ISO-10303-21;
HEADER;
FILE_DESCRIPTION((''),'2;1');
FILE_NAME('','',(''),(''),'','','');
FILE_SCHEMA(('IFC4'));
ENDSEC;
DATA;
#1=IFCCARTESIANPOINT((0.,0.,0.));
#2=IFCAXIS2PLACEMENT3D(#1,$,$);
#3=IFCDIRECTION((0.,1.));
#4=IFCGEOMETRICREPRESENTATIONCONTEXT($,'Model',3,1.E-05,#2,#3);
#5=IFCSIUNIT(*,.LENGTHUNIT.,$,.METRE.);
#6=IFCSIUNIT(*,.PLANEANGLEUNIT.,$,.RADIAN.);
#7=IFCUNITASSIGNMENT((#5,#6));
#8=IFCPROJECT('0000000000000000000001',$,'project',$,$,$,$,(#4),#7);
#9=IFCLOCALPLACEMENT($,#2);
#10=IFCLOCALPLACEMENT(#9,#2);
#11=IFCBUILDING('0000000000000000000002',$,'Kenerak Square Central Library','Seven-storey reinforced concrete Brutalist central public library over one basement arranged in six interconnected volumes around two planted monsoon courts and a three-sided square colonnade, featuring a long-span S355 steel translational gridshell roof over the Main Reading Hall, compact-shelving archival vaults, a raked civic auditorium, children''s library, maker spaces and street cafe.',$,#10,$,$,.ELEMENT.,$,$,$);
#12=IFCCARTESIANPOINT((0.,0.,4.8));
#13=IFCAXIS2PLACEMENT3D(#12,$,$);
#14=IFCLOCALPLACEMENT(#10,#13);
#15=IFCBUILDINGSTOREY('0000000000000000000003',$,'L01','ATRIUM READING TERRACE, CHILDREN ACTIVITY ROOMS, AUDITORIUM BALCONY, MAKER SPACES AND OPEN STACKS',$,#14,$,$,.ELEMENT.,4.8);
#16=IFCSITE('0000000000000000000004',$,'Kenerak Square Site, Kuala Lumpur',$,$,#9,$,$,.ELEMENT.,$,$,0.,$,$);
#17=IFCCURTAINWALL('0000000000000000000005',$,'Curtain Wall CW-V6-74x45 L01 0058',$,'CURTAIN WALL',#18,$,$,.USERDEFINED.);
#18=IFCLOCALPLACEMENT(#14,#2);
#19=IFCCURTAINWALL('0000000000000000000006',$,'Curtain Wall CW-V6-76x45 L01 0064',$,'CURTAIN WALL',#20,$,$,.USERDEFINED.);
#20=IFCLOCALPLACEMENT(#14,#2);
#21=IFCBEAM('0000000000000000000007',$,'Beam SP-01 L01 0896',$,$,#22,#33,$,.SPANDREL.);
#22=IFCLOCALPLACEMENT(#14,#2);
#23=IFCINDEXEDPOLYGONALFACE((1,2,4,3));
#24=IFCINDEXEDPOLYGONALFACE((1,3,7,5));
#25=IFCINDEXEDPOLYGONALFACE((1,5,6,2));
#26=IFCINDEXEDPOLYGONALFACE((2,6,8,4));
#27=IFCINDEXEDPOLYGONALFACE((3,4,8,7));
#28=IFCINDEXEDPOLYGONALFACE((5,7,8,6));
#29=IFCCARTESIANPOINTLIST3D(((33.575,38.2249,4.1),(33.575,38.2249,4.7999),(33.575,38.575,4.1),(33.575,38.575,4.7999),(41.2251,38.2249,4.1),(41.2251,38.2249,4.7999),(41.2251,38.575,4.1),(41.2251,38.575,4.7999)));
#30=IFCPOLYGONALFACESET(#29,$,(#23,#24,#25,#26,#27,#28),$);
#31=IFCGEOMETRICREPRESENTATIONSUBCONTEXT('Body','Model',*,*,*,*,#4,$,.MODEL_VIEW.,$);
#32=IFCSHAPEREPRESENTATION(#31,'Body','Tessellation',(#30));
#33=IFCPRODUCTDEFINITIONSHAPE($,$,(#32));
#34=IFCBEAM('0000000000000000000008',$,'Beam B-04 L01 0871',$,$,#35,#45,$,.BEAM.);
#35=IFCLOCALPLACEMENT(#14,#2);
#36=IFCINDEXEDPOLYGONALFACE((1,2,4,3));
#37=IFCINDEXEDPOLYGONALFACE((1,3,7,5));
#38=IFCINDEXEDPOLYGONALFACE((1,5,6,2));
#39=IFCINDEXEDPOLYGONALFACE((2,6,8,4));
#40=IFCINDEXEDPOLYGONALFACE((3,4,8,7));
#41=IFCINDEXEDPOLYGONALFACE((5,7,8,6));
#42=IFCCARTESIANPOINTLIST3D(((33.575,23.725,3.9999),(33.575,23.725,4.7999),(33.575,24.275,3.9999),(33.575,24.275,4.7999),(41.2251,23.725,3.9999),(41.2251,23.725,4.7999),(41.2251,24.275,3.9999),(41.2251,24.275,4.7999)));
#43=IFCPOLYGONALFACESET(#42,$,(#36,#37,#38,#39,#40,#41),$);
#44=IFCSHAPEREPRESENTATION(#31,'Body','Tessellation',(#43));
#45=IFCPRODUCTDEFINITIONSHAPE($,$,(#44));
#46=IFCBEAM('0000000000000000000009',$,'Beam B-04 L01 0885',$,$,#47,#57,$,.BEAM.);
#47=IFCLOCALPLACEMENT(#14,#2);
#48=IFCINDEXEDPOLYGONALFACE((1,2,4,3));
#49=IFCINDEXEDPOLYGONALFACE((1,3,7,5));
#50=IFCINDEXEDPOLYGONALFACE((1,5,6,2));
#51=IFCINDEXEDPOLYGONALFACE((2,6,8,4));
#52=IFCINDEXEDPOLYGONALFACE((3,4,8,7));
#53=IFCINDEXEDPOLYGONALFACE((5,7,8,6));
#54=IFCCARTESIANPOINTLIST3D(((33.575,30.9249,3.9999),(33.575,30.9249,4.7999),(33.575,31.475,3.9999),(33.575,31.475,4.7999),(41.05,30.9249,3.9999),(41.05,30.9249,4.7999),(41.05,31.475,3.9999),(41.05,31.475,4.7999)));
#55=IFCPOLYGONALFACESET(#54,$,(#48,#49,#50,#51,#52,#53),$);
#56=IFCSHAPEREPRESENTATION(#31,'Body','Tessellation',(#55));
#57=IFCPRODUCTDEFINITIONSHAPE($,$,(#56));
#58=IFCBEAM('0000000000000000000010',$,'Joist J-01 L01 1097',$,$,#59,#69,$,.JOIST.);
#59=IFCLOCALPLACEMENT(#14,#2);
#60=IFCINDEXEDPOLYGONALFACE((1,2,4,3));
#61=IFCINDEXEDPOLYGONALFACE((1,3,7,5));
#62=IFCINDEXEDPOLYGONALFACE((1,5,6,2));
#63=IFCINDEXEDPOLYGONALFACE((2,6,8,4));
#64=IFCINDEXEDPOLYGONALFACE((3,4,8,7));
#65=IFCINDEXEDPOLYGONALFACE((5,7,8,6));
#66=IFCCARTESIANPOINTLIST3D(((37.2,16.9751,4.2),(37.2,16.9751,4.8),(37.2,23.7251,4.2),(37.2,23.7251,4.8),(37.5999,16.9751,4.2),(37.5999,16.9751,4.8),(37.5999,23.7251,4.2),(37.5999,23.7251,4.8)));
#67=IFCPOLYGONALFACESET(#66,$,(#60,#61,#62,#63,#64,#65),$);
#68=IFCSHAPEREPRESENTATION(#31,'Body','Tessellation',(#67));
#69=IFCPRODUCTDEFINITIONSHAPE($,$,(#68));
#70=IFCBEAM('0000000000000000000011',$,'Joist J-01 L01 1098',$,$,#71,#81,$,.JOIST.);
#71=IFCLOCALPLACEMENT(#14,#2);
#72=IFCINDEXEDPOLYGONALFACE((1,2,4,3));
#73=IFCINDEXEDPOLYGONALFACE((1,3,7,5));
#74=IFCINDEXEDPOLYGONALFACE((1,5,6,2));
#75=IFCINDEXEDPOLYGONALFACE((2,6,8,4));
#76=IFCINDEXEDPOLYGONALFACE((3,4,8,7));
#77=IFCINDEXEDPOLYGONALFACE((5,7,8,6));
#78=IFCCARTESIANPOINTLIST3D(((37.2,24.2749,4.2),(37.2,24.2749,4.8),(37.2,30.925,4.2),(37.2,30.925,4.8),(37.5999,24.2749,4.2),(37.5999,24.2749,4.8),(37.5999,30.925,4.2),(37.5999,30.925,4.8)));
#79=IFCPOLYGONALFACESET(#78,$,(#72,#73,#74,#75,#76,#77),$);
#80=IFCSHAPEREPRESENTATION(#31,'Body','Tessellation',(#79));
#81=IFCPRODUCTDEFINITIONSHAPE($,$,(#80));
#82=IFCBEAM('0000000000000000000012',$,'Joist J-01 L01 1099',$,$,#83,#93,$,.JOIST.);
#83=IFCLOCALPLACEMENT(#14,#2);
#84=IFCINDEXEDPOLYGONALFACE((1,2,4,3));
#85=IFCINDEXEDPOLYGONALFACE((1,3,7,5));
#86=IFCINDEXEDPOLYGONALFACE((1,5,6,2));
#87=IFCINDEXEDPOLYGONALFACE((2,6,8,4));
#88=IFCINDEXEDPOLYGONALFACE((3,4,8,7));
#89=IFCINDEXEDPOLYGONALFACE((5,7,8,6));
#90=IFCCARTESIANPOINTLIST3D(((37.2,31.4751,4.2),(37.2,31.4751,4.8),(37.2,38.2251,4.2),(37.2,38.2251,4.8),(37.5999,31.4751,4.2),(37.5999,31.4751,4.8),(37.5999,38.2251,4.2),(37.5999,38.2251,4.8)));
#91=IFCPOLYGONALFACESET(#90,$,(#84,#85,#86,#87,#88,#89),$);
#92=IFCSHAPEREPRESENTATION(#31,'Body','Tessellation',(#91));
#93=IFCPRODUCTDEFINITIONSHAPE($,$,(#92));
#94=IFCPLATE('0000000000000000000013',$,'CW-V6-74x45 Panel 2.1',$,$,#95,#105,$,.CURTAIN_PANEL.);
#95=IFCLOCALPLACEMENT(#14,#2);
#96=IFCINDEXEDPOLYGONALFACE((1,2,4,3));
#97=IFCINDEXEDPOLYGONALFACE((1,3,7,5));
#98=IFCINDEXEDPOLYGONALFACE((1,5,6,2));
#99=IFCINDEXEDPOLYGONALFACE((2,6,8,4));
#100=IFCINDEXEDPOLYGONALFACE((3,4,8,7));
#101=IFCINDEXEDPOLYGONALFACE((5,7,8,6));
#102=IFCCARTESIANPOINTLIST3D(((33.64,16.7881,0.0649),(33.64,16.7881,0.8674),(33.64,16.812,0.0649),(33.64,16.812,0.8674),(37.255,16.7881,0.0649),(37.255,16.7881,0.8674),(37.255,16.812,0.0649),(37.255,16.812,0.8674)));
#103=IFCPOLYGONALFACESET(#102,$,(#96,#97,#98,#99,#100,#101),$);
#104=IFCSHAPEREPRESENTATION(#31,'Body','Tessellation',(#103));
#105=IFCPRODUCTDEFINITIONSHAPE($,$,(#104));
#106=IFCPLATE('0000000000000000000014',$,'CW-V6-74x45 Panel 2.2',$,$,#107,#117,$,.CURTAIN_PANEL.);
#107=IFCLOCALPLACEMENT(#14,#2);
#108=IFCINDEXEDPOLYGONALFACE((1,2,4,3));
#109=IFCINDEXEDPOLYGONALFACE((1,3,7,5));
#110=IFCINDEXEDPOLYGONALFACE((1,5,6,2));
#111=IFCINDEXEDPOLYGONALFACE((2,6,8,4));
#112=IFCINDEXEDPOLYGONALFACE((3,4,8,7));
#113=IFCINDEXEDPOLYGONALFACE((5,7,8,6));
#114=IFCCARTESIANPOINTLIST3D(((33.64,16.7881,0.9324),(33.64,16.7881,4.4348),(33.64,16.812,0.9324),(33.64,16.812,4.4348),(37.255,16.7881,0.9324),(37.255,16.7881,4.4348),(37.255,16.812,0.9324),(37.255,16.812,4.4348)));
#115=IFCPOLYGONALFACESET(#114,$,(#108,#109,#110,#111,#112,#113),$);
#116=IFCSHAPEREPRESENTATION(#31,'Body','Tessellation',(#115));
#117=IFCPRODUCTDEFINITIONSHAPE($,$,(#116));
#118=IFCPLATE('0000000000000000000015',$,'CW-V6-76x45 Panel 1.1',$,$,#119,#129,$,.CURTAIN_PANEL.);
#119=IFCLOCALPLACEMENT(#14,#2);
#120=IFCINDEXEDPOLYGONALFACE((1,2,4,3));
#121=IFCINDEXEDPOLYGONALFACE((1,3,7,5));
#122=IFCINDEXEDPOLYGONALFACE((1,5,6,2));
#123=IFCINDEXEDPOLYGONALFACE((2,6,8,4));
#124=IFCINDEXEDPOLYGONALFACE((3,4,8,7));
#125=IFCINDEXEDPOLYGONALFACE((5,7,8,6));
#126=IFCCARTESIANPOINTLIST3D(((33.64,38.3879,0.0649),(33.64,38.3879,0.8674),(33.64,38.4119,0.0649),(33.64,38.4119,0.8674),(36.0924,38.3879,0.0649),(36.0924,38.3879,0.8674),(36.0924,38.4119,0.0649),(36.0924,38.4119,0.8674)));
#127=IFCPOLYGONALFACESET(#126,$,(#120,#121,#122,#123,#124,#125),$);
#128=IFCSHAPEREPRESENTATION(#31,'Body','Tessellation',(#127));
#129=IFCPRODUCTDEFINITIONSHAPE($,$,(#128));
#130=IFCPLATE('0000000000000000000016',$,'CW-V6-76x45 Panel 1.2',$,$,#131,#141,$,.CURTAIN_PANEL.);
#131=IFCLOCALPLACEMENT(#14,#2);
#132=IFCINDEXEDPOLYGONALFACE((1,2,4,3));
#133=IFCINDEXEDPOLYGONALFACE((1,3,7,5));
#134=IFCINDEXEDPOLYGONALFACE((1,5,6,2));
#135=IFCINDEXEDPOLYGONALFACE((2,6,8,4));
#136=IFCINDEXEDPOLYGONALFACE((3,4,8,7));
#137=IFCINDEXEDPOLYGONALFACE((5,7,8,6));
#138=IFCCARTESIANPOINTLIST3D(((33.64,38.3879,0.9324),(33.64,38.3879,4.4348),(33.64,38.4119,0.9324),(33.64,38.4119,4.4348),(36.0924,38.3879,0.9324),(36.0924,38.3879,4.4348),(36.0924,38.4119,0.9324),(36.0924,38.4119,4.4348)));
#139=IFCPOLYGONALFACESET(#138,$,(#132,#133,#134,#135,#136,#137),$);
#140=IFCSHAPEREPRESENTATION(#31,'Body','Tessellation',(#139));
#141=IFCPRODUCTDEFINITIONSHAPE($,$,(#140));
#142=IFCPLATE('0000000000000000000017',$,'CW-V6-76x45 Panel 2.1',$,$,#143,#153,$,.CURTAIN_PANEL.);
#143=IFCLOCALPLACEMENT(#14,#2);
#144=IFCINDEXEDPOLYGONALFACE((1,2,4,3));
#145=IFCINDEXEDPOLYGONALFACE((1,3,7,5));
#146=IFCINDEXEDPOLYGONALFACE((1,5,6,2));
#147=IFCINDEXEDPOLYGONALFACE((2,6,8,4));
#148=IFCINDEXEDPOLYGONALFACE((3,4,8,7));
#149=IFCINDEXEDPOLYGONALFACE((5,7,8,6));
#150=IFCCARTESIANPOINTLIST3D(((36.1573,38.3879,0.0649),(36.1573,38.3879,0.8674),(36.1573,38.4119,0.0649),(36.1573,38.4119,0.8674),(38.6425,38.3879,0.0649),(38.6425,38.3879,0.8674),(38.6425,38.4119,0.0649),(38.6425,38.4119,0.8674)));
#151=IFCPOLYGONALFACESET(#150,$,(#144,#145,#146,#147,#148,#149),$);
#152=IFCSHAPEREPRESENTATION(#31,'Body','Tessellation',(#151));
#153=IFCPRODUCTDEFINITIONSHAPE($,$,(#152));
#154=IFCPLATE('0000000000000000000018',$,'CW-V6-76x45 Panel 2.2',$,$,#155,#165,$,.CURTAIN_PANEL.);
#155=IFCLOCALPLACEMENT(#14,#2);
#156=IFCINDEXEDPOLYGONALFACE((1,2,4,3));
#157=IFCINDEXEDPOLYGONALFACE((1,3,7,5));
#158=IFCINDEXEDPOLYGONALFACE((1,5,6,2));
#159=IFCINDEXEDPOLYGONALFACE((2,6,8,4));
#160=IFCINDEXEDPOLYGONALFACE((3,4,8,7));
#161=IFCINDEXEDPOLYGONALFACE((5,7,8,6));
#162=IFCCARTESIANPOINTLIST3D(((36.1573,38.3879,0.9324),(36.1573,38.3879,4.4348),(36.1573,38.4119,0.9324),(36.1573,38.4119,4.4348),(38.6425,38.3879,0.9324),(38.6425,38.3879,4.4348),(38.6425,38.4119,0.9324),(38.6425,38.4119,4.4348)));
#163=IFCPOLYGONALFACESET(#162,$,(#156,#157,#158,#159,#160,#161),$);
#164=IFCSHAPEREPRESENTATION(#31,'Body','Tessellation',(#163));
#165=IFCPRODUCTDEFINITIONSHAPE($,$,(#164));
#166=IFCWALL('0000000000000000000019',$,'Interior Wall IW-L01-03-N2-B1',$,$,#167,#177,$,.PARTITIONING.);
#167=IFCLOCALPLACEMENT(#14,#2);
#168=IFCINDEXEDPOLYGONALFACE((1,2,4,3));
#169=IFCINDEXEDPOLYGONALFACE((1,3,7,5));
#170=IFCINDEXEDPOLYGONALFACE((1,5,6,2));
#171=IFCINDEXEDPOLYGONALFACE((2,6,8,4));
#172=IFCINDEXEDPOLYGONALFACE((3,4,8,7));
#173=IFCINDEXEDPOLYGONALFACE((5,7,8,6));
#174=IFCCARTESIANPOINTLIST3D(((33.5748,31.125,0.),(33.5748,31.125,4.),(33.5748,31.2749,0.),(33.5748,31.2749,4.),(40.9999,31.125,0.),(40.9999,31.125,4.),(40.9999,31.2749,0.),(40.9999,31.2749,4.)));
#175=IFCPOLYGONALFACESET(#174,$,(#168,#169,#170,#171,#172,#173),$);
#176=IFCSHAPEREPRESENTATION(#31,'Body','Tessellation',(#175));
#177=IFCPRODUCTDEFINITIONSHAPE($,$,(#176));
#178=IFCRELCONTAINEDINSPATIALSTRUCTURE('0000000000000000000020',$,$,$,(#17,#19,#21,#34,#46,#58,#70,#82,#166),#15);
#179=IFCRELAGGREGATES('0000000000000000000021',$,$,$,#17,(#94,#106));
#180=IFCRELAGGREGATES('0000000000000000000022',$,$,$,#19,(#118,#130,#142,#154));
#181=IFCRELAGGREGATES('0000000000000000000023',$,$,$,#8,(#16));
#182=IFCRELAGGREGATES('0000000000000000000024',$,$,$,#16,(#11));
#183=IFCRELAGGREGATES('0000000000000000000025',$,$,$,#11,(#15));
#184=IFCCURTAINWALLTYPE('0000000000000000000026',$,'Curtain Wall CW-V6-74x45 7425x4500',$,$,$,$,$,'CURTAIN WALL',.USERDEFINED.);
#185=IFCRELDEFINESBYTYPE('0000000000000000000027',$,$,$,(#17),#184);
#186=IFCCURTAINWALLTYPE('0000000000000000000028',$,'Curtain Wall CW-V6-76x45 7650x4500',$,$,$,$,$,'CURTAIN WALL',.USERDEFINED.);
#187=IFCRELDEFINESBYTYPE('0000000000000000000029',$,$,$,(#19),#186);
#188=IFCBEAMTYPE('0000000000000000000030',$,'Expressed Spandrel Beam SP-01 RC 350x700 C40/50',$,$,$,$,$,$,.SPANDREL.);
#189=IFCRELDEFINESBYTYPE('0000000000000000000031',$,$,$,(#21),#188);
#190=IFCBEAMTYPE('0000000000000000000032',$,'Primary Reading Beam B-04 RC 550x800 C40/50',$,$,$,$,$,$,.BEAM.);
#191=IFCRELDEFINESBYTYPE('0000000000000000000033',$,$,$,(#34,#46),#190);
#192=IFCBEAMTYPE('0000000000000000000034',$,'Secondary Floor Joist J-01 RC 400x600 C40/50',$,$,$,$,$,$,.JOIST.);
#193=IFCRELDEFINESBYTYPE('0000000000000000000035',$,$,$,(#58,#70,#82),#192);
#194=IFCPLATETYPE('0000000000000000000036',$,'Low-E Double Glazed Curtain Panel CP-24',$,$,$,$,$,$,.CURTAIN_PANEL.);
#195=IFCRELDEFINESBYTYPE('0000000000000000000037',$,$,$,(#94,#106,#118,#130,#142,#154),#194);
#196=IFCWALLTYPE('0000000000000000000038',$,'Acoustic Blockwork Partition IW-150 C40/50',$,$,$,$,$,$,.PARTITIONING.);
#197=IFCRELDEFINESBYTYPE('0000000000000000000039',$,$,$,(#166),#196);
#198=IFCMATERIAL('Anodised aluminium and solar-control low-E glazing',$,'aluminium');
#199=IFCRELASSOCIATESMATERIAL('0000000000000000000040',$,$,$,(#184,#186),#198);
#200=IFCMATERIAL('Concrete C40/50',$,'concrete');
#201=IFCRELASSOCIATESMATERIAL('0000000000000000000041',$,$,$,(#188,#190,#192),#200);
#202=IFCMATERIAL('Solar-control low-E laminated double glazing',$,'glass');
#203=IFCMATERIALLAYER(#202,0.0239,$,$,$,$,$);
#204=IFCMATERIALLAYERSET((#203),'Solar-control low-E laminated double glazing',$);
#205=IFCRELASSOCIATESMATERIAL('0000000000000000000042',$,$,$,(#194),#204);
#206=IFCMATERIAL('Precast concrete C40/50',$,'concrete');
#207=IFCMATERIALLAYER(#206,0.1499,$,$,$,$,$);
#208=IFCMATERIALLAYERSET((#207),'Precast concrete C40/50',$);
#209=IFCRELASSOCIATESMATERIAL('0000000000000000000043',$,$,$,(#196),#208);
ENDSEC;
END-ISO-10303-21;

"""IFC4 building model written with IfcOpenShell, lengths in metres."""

from ifc_helpers import new_model, si_unit, direction, frame, frame_2d, origin, origin_2d, place, context, subcontext, project, spatial, rectangle, extrude, material, layer, layer_set, material_profile, profile_set, type_object, element, aggregate, save


model = new_model("IFC4")

# Units and contexts
model_context = context("Model", 3, precision=1e-05, world=origin(), true_north=direction((0.0, 1.0)))
body_context = subcontext(model_context, "Body", "Model", "MODEL_VIEW")
ifc_project = project(units=[si_unit("LENGTHUNIT", "METRE"), si_unit("PLANEANGLEUNIT", "RADIAN")], contexts=[model_context])

# Site, building, storey
site_placement = place(None, origin())
site = spatial("IfcSite", under=ifc_project, at=site_placement, Name="Kenerak Square Site, Kuala Lumpur", CompositionType="ELEMENT", RefElevation=0.0)
building_placement = place(site_placement, origin())
building = spatial("IfcBuilding", under=site, at=building_placement, Name="Kenerak Square Central Library", Description="Seven-storey reinforced concrete Brutalist central public library over one basement arranged in six interconnected volumes around two planted monsoon courts and a three-sided square colonnade, featuring a long-span S355 steel translational gridshell roof over the Main Reading Hall, compact-shelving archival vaults, a raked civic auditorium, children's library, maker spaces and street cafe.", CompositionType="ELEMENT")
storey_placement = place(building_placement, frame((0.0, 0.0, 4.8)))
storey = spatial("IfcBuildingStorey", under=building, at=storey_placement, Name="L01", Description="ATRIUM READING TERRACE, CHILDREN ACTIVITY ROOMS, AUDITORIUM BALCONY, MAKER SPACES AND OPEN STACKS", CompositionType="ELEMENT", Elevation=4.8)

# Curtain wall
ifc_material_1 = material(Name="Anodised aluminium and solar-control low-E glazing", Category="aluminium")
curtain_wall_type_1 = type_object("IfcCurtainWallType", Name="Curtain Wall CW-V6-74x45 7425x4500", ElementType="CURTAIN WALL", PredefinedType="USERDEFINED", material=ifc_material_1)
curtain_wall_1_placement = place(storey_placement, origin())
curtain_wall_1 = element("IfcCurtainWall", 1, at=curtain_wall_1_placement, inside=storey, type_object=curtain_wall_type_1, Name="Curtain Wall CW-V6-74x45 L01 0058", ObjectType="CURTAIN WALL", PredefinedType="USERDEFINED")

# Curtain wall
curtain_wall_type_2 = type_object("IfcCurtainWallType", Name="Curtain Wall CW-V6-76x45 7650x4500", ElementType="CURTAIN WALL", PredefinedType="USERDEFINED", material=ifc_material_1)
curtain_wall_2_placement = place(storey_placement, origin())
curtain_wall_2 = element("IfcCurtainWall", 2, at=curtain_wall_2_placement, inside=storey, type_object=curtain_wall_type_2, Name="Curtain Wall CW-V6-76x45 L01 0064", ObjectType="CURTAIN WALL", PredefinedType="USERDEFINED")

# Beams
ifc_material_2 = material(Name="Concrete C40/50", Category="concrete")
ifc_material_profile_1 = material_profile(ifc_material_2, rectangle(XDim=0.3501, YDim=0.7, at=origin_2d()), Name="RC 350x700")
ifc_profile_set_1 = profile_set([ifc_material_profile_1], Name="Concrete C40/50")
beam_type_1 = type_object("IfcBeamType", Name="Expressed Spandrel Beam SP-01 RC 350x700 C40/50", PredefinedType="SPANDREL", material=ifc_profile_set_1)
beam_1_placement = place(storey_placement, frame((33.575, 38.3999, 4.45), z_axis=(1.0, 0.0, 0.0), x_axis=(0.0, 1.0, 0.0)))
element("IfcBeam", 3, at=beam_1_placement, inside=storey, type_object=beam_type_1, Name="Beam SP-01 L01 0896", PredefinedType="SPANDREL", context=body_context, shape_type="SweptSolid", body=[
    extrude(rectangle(XDim=0.3501, YDim=0.7, at=origin_2d()), origin(), (0.0, 0.0, 1.0), 7.6501),
])
ifc_material_profile_2 = material_profile(ifc_material_2, rectangle(XDim=0.55, YDim=0.8, at=origin_2d()), Name="RC 550x800")
ifc_profile_set_2 = profile_set([ifc_material_profile_2], Name="Concrete C40/50")
beam_type_2 = type_object("IfcBeamType", Name="Primary Reading Beam B-04 RC 550x800 C40/50", PredefinedType="BEAM", material=ifc_profile_set_2)
beam_2_placement = place(storey_placement, frame((33.575, 24.0, 4.3999), z_axis=(1.0, 0.0, 0.0), x_axis=(0.0, 1.0, 0.0)))
element("IfcBeam", 4, at=beam_2_placement, inside=storey, type_object=beam_type_2, Name="Beam B-04 L01 0871", PredefinedType="BEAM", context=body_context, shape_type="SweptSolid", body=[
    extrude(rectangle(XDim=0.55, YDim=0.8, at=origin_2d()), origin(), (0.0, 0.0, 1.0), 7.6501),
])
beam_3_placement = place(storey_placement, frame((33.575, 31.2, 4.3999), z_axis=(1.0, 0.0, 0.0), x_axis=(0.0, 1.0, 0.0)))
element("IfcBeam", 5, at=beam_3_placement, inside=storey, type_object=beam_type_2, Name="Beam B-04 L01 0885", PredefinedType="BEAM", context=body_context, shape_type="SweptSolid", body=[
    extrude(rectangle(XDim=0.55, YDim=0.8, at=origin_2d()), origin(), (0.0, 0.0, 1.0), 7.4751),
])
ifc_material_profile_3 = material_profile(ifc_material_2, rectangle(XDim=0.3999, YDim=0.6001, at=origin_2d()), Name="RC 400x600")
ifc_profile_set_3 = profile_set([ifc_material_profile_3], Name="Concrete C40/50")
beam_type_3 = type_object("IfcBeamType", Name="Secondary Floor Joist J-01 RC 400x600 C40/50", PredefinedType="JOIST", material=ifc_profile_set_3)
beam_4_placement = place(storey_placement, frame((37.3999, 16.9751, 4.5), z_axis=(0.0, 1.0, 0.0), x_axis=(-1.0, 0.0, 0.0)))
element("IfcBeam", 6, at=beam_4_placement, inside=storey, type_object=beam_type_3, Name="Joist J-01 L01 1097", PredefinedType="JOIST", context=body_context, shape_type="SweptSolid", body=[
    extrude(rectangle(XDim=0.3999, YDim=0.6001, at=origin_2d()), origin(), (0.0, 0.0, 1.0), 6.75),
])
beam_5_placement = place(storey_placement, frame((37.3999, 24.2749, 4.5), z_axis=(0.0, 1.0, 0.0), x_axis=(-1.0, 0.0, 0.0)))
element("IfcBeam", 7, at=beam_5_placement, inside=storey, type_object=beam_type_3, Name="Joist J-01 L01 1098", PredefinedType="JOIST", context=body_context, shape_type="SweptSolid", body=[
    extrude(rectangle(XDim=0.3999, YDim=0.6001, at=origin_2d()), origin(), (0.0, 0.0, 1.0), 6.6501),
])
beam_6_placement = place(storey_placement, frame((37.3999, 31.4751, 4.5), z_axis=(0.0, 1.0, 0.0), x_axis=(-1.0, 0.0, 0.0)))
element("IfcBeam", 8, at=beam_6_placement, inside=storey, type_object=beam_type_3, Name="Joist J-01 L01 1099", PredefinedType="JOIST", context=body_context, shape_type="SweptSolid", body=[
    extrude(rectangle(XDim=0.3999, YDim=0.6001, at=origin_2d()), origin(), (0.0, 0.0, 1.0), 6.75),
])

# Plates
ifc_material_3 = material(Name="Solar-control low-E laminated double glazing", Category="glass")
ifc_layer_1 = layer(ifc_material_3, 0.0239)
ifc_layer_set_1 = layer_set([ifc_layer_1], Name="Solar-control low-E laminated double glazing")
plate_type = type_object("IfcPlateType", Name="Low-E Double Glazed Curtain Panel CP-24", PredefinedType="CURTAIN_PANEL", material=ifc_layer_set_1)
plate_1_placement = place(storey_placement, frame((35.4475, 16.8, 0.0649), z_axis=(0.0, 0.0, 1.0), x_axis=(-1.0, 0.0, 0.0)))
plate_1 = element("IfcPlate", 9, at=plate_1_placement, type_object=plate_type, Name="CW-V6-74x45 Panel 2.1", PredefinedType="CURTAIN_PANEL", context=body_context, shape_type="SweptSolid", body=[
    extrude(rectangle(XDim=3.615, YDim=0.0239, at=origin_2d()), origin(), (0.0, 0.0, 1.0), 0.8025),
])
plate_2_placement = place(storey_placement, frame((35.4475, 16.8, 0.9324), z_axis=(0.0, 0.0, 1.0), x_axis=(-1.0, 0.0, 0.0)))
plate_2 = element("IfcPlate", 10, at=plate_2_placement, type_object=plate_type, Name="CW-V6-74x45 Panel 2.2", PredefinedType="CURTAIN_PANEL", context=body_context, shape_type="SweptSolid", body=[
    extrude(rectangle(XDim=3.615, YDim=0.0239, at=origin_2d()), origin(), (0.0, 0.0, 1.0), 3.5024),
])
aggregate(curtain_wall_1, [plate_1, plate_2])
plate_3_placement = place(storey_placement, frame((34.8662, 38.3999, 0.0649), z_axis=(0.0, 0.0, 1.0), x_axis=(1.0, 0.0, 0.0)))
plate_3 = element("IfcPlate", 11, at=plate_3_placement, type_object=plate_type, Name="CW-V6-76x45 Panel 1.1", PredefinedType="CURTAIN_PANEL", context=body_context, shape_type="SweptSolid", body=[
    extrude(rectangle(XDim=2.4524, YDim=0.0239, at=origin_2d()), origin(), (0.0, 0.0, 1.0), 0.8025),
])
plate_4_placement = place(storey_placement, frame((34.8662, 38.3999, 0.9324), z_axis=(0.0, 0.0, 1.0), x_axis=(1.0, 0.0, 0.0)))
plate_4 = element("IfcPlate", 12, at=plate_4_placement, type_object=plate_type, Name="CW-V6-76x45 Panel 1.2", PredefinedType="CURTAIN_PANEL", context=body_context, shape_type="SweptSolid", body=[
    extrude(rectangle(XDim=2.4524, YDim=0.0239, at=origin_2d()), origin(), (0.0, 0.0, 1.0), 3.5024),
])
plate_5_placement = place(storey_placement, frame((37.3999, 38.3999, 0.0649), z_axis=(0.0, 0.0, 1.0), x_axis=(1.0, 0.0, 0.0)))
plate_5 = element("IfcPlate", 13, at=plate_5_placement, type_object=plate_type, Name="CW-V6-76x45 Panel 2.1", PredefinedType="CURTAIN_PANEL", context=body_context, shape_type="SweptSolid", body=[
    extrude(rectangle(XDim=2.4851, YDim=0.0239, at=origin_2d()), origin(), (0.0, 0.0, 1.0), 0.8025),
])
plate_6_placement = place(storey_placement, frame((37.3999, 38.3999, 0.9324), z_axis=(0.0, 0.0, 1.0), x_axis=(1.0, 0.0, 0.0)))
plate_6 = element("IfcPlate", 14, at=plate_6_placement, type_object=plate_type, Name="CW-V6-76x45 Panel 2.2", PredefinedType="CURTAIN_PANEL", context=body_context, shape_type="SweptSolid", body=[
    extrude(rectangle(XDim=2.4851, YDim=0.0239, at=origin_2d()), origin(), (0.0, 0.0, 1.0), 3.5024),
])
aggregate(curtain_wall_2, [plate_3, plate_4, plate_5, plate_6])

# Wall
ifc_material_4 = material(Name="Precast concrete C40/50", Category="concrete")
ifc_layer_2 = layer(ifc_material_4, 0.1499)
ifc_layer_set_2 = layer_set([ifc_layer_2], Name="Precast concrete C40/50")
wall_type_1 = type_object("IfcWallType", Name="Acoustic Blockwork Partition IW-150 C40/50", PredefinedType="PARTITIONING", material=ifc_layer_set_2)
wall_1_placement = place(storey_placement, frame((33.575, 31.2, 0.0), z_axis=(0.0, 0.0, 1.0), x_axis=(1.0, 0.0, 0.0)))
element("IfcWall", 15, at=wall_1_placement, inside=storey, type_object=wall_type_1, Name="Interior Wall IW-L01-03-N2-B1", PredefinedType="PARTITIONING", context=body_context, shape_type="SweptSolid", body=[
    extrude(rectangle(XDim=7.425, YDim=0.1499, at=frame_2d((3.7124, 0.0))), origin(), (0.0, 0.0, 1.0), 4.0),
])

save(model, "model.ifc")
